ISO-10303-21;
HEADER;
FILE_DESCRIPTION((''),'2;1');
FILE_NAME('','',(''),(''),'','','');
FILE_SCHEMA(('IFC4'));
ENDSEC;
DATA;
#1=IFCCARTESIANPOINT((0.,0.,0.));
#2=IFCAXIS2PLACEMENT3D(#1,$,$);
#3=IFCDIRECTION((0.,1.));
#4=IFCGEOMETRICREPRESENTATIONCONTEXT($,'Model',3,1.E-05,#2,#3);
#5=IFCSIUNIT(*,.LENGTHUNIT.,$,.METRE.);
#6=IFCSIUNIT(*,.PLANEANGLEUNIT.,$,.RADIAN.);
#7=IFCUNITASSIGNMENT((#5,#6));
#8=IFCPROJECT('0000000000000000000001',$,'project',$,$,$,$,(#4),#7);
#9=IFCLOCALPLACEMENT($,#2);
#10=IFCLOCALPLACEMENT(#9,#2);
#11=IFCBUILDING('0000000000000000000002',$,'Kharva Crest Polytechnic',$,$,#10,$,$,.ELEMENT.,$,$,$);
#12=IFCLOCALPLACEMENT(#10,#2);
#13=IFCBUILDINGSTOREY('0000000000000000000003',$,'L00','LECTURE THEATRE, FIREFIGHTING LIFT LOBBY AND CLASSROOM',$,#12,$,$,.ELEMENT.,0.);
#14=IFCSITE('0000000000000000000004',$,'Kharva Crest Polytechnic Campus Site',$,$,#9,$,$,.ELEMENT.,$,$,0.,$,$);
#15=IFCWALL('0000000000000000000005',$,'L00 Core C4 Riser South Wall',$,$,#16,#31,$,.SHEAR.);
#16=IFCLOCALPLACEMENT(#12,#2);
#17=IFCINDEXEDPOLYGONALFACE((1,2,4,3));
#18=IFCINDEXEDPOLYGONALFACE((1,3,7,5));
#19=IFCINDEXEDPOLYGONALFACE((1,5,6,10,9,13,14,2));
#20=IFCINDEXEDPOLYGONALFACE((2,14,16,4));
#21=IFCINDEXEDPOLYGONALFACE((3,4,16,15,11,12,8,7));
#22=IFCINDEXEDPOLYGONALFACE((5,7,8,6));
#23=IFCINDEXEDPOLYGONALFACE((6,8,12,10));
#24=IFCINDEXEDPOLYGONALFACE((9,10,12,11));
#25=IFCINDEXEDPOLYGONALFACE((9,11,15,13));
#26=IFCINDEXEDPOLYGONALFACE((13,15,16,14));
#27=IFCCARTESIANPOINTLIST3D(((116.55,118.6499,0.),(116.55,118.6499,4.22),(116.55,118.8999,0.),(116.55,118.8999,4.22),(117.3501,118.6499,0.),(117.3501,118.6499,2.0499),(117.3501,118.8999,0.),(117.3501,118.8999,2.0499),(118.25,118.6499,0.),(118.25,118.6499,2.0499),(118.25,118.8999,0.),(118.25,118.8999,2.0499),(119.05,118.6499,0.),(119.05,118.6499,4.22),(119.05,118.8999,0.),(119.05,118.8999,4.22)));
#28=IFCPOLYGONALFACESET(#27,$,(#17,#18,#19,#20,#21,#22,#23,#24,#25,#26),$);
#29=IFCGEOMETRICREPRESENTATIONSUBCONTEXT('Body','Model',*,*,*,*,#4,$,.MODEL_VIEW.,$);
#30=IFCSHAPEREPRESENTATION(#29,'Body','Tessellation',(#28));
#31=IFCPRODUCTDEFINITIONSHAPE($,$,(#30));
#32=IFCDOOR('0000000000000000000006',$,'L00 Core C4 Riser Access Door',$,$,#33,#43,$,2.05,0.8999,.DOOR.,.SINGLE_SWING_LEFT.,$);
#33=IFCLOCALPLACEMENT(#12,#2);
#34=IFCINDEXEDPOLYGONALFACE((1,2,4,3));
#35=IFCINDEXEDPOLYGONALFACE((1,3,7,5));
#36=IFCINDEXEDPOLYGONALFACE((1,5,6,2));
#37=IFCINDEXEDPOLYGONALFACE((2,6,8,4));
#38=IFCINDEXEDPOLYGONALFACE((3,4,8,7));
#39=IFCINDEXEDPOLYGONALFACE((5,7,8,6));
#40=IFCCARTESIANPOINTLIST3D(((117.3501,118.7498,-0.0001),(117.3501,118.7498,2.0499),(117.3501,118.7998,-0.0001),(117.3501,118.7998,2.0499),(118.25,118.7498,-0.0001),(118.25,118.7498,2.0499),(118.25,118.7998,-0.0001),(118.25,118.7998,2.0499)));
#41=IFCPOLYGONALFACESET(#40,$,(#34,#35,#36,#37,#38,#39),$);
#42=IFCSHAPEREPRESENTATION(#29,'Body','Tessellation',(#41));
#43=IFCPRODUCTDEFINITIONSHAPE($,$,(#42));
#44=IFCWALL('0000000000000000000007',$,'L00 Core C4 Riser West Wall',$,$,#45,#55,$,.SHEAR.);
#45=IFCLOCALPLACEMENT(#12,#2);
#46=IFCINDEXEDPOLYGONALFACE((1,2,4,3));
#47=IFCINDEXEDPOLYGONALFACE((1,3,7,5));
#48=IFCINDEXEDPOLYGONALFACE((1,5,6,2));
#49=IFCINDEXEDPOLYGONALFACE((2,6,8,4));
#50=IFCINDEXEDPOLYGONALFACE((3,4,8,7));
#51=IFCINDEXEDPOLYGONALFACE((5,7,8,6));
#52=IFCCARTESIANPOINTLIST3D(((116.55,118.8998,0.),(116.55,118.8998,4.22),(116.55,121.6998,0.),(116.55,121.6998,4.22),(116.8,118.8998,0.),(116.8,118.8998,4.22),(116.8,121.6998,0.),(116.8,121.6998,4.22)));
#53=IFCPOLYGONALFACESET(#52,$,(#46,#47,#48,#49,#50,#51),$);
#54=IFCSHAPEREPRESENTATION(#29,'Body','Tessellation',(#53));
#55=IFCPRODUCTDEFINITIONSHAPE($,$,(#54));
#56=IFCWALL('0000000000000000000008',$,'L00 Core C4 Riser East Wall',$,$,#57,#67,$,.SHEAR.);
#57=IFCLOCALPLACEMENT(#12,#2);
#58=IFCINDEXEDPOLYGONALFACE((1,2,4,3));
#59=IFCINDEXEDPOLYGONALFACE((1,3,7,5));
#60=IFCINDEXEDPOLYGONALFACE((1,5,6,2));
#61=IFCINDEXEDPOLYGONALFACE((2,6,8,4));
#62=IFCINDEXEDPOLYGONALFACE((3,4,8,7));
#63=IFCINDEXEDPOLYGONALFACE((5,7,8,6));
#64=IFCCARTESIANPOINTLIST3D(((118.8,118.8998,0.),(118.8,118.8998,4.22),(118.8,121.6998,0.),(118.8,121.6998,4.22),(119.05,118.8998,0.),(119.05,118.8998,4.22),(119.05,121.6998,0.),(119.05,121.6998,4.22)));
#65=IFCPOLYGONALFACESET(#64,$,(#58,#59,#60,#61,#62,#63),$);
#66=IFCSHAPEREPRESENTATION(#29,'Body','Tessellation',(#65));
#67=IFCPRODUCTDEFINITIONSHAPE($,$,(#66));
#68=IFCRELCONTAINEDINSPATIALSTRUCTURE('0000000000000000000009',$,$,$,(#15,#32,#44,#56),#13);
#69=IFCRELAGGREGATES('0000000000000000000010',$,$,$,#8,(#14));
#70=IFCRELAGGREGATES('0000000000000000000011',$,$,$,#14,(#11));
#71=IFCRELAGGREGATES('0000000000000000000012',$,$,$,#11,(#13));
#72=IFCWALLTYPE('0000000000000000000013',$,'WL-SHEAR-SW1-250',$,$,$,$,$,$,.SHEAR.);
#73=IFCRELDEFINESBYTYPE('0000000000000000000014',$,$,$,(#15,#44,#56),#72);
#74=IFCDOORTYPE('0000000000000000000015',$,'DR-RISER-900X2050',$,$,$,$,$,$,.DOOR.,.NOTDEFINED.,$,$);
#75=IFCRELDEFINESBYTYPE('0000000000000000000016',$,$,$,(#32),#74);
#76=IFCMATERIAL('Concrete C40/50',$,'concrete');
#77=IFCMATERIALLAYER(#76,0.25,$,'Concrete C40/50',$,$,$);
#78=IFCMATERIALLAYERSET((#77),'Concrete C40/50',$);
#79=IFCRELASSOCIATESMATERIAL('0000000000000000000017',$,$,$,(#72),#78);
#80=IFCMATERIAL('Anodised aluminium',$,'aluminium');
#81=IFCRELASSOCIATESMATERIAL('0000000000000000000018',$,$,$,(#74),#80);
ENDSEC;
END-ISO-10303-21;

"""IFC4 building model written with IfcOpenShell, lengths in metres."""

from ifc_helpers import new_model, si_unit, direction, frame, frame_2d, origin, place, context, subcontext, project, spatial, rectangle, extrude, material, layer, layer_set, type_object, element, fill, save


model = new_model("IFC4")

# Units and contexts
model_context = context("Model", 3, precision=1e-05, world=origin(), true_north=direction((0.0, 1.0)))
body_context = subcontext(model_context, "Body", "Model", "MODEL_VIEW")
ifc_project = project(units=[si_unit("LENGTHUNIT", "METRE"), si_unit("PLANEANGLEUNIT", "RADIAN")], contexts=[model_context])

# Site, building, storey
site_placement = place(None, origin())
site = spatial("IfcSite", under=ifc_project, at=site_placement, Name="Kharva Crest Polytechnic Campus Site", CompositionType="ELEMENT", RefElevation=0.0)
building_placement = place(site_placement, origin())
building = spatial("IfcBuilding", under=site, at=building_placement, Name="Kharva Crest Polytechnic", CompositionType="ELEMENT")
storey_placement = place(building_placement, origin())
storey = spatial("IfcBuildingStorey", under=building, at=storey_placement, Name="L00", Description="LECTURE THEATRE, FIREFIGHTING LIFT LOBBY AND CLASSROOM", CompositionType="ELEMENT", Elevation=0.0)

# Shared definitions
ifc_material_1 = material(Name="Concrete C40/50", Category="concrete")

# Wall, opening, door
ifc_layer_1 = layer(ifc_material_1, 0.25, Name="Concrete C40/50")
ifc_layer_set_1 = layer_set([ifc_layer_1], Name="Concrete C40/50")
wall_type = type_object("IfcWallType", Name="WL-SHEAR-SW1-250", PredefinedType="SHEAR", material=ifc_layer_set_1)
wall_placement = place(storey_placement, frame((116.55, 118.7749, 0.0), z_axis=(0.0, 0.0, 1.0), x_axis=(1.0, 0.0, 0.0)))
wall = element("IfcWall", 1, at=wall_placement, inside=storey, type_object=wall_type, Name="L00 Core C4 Riser South Wall", PredefinedType="SHEAR", context=body_context, shape_type="SweptSolid", body=[
    extrude(rectangle(XDim=2.5, YDim=0.25, at=frame_2d((1.25, 0.0))), origin(), (0.0, 0.0, 1.0), 4.22),
])
opening_placement = place(wall_placement, frame((0.8, 0.0, 0.0)))
opening = element("IfcOpeningElement", 2, at=opening_placement, cuts=wall, PredefinedType="OPENING", context=body_context, shape_type="SweptSolid", body=[
    extrude(rectangle(XDim=0.8999, YDim=2.05, at=frame_2d((0.45, 1.0249))), frame((0.0, 0.135, 0.0), z_axis=(0.0, -1.0, 0.0), x_axis=(1.0, 0.0, 0.0)), (0.0, 0.0, 1.0), 0.27),
])
ifc_material_2 = material(Name="Anodised aluminium", Category="aluminium")
door_type = type_object("IfcDoorType", Name="DR-RISER-900X2050", OperationType="NOTDEFINED", PredefinedType="DOOR", material=ifc_material_2)
door_placement = place(opening_placement, origin())
door = element("IfcDoor", 3, at=door_placement, inside=storey, type_object=door_type, Name="L00 Core C4 Riser Access Door", OperationType="SINGLE_SWING_LEFT", OverallHeight=2.05, OverallWidth=0.8999, PredefinedType="DOOR", context=body_context, shape_type="SweptSolid", body=[
    extrude(rectangle(XDim=0.8999, YDim=2.05, at=frame_2d((0.45, 1.0249))), frame((0.0, 0.0249, 0.0), z_axis=(0.0, -1.0, 0.0), x_axis=(1.0, 0.0, 0.0)), (0.0, 0.0, 1.0), 0.05),
])
fill(opening, door)

# Walls
for number, where, z_axis, x_axis, name in (
    (4, (116.675, 118.8999, 0.0), (0.0, 0.0, 1.0), (0.0, 1.0, 0.0), "L00 Core C4 Riser West Wall"),
    (5, (118.925, 118.8999, 0.0), (0.0, 0.0, 1.0), (0.0, 1.0, 0.0), "L00 Core C4 Riser East Wall"),
):
    element("IfcWall", number, at=place(storey_placement, frame(where, z_axis=z_axis, x_axis=x_axis)), inside=storey, type_object=wall_type, Name=name, PredefinedType="SHEAR", context=body_context, shape_type="SweptSolid", body=[
        extrude(rectangle(XDim=2.8, YDim=0.25, at=frame_2d((1.3999, 0.0))), origin(), (0.0, 0.0, 1.0), 4.22),
    ])

save(model, "model.ifc")
